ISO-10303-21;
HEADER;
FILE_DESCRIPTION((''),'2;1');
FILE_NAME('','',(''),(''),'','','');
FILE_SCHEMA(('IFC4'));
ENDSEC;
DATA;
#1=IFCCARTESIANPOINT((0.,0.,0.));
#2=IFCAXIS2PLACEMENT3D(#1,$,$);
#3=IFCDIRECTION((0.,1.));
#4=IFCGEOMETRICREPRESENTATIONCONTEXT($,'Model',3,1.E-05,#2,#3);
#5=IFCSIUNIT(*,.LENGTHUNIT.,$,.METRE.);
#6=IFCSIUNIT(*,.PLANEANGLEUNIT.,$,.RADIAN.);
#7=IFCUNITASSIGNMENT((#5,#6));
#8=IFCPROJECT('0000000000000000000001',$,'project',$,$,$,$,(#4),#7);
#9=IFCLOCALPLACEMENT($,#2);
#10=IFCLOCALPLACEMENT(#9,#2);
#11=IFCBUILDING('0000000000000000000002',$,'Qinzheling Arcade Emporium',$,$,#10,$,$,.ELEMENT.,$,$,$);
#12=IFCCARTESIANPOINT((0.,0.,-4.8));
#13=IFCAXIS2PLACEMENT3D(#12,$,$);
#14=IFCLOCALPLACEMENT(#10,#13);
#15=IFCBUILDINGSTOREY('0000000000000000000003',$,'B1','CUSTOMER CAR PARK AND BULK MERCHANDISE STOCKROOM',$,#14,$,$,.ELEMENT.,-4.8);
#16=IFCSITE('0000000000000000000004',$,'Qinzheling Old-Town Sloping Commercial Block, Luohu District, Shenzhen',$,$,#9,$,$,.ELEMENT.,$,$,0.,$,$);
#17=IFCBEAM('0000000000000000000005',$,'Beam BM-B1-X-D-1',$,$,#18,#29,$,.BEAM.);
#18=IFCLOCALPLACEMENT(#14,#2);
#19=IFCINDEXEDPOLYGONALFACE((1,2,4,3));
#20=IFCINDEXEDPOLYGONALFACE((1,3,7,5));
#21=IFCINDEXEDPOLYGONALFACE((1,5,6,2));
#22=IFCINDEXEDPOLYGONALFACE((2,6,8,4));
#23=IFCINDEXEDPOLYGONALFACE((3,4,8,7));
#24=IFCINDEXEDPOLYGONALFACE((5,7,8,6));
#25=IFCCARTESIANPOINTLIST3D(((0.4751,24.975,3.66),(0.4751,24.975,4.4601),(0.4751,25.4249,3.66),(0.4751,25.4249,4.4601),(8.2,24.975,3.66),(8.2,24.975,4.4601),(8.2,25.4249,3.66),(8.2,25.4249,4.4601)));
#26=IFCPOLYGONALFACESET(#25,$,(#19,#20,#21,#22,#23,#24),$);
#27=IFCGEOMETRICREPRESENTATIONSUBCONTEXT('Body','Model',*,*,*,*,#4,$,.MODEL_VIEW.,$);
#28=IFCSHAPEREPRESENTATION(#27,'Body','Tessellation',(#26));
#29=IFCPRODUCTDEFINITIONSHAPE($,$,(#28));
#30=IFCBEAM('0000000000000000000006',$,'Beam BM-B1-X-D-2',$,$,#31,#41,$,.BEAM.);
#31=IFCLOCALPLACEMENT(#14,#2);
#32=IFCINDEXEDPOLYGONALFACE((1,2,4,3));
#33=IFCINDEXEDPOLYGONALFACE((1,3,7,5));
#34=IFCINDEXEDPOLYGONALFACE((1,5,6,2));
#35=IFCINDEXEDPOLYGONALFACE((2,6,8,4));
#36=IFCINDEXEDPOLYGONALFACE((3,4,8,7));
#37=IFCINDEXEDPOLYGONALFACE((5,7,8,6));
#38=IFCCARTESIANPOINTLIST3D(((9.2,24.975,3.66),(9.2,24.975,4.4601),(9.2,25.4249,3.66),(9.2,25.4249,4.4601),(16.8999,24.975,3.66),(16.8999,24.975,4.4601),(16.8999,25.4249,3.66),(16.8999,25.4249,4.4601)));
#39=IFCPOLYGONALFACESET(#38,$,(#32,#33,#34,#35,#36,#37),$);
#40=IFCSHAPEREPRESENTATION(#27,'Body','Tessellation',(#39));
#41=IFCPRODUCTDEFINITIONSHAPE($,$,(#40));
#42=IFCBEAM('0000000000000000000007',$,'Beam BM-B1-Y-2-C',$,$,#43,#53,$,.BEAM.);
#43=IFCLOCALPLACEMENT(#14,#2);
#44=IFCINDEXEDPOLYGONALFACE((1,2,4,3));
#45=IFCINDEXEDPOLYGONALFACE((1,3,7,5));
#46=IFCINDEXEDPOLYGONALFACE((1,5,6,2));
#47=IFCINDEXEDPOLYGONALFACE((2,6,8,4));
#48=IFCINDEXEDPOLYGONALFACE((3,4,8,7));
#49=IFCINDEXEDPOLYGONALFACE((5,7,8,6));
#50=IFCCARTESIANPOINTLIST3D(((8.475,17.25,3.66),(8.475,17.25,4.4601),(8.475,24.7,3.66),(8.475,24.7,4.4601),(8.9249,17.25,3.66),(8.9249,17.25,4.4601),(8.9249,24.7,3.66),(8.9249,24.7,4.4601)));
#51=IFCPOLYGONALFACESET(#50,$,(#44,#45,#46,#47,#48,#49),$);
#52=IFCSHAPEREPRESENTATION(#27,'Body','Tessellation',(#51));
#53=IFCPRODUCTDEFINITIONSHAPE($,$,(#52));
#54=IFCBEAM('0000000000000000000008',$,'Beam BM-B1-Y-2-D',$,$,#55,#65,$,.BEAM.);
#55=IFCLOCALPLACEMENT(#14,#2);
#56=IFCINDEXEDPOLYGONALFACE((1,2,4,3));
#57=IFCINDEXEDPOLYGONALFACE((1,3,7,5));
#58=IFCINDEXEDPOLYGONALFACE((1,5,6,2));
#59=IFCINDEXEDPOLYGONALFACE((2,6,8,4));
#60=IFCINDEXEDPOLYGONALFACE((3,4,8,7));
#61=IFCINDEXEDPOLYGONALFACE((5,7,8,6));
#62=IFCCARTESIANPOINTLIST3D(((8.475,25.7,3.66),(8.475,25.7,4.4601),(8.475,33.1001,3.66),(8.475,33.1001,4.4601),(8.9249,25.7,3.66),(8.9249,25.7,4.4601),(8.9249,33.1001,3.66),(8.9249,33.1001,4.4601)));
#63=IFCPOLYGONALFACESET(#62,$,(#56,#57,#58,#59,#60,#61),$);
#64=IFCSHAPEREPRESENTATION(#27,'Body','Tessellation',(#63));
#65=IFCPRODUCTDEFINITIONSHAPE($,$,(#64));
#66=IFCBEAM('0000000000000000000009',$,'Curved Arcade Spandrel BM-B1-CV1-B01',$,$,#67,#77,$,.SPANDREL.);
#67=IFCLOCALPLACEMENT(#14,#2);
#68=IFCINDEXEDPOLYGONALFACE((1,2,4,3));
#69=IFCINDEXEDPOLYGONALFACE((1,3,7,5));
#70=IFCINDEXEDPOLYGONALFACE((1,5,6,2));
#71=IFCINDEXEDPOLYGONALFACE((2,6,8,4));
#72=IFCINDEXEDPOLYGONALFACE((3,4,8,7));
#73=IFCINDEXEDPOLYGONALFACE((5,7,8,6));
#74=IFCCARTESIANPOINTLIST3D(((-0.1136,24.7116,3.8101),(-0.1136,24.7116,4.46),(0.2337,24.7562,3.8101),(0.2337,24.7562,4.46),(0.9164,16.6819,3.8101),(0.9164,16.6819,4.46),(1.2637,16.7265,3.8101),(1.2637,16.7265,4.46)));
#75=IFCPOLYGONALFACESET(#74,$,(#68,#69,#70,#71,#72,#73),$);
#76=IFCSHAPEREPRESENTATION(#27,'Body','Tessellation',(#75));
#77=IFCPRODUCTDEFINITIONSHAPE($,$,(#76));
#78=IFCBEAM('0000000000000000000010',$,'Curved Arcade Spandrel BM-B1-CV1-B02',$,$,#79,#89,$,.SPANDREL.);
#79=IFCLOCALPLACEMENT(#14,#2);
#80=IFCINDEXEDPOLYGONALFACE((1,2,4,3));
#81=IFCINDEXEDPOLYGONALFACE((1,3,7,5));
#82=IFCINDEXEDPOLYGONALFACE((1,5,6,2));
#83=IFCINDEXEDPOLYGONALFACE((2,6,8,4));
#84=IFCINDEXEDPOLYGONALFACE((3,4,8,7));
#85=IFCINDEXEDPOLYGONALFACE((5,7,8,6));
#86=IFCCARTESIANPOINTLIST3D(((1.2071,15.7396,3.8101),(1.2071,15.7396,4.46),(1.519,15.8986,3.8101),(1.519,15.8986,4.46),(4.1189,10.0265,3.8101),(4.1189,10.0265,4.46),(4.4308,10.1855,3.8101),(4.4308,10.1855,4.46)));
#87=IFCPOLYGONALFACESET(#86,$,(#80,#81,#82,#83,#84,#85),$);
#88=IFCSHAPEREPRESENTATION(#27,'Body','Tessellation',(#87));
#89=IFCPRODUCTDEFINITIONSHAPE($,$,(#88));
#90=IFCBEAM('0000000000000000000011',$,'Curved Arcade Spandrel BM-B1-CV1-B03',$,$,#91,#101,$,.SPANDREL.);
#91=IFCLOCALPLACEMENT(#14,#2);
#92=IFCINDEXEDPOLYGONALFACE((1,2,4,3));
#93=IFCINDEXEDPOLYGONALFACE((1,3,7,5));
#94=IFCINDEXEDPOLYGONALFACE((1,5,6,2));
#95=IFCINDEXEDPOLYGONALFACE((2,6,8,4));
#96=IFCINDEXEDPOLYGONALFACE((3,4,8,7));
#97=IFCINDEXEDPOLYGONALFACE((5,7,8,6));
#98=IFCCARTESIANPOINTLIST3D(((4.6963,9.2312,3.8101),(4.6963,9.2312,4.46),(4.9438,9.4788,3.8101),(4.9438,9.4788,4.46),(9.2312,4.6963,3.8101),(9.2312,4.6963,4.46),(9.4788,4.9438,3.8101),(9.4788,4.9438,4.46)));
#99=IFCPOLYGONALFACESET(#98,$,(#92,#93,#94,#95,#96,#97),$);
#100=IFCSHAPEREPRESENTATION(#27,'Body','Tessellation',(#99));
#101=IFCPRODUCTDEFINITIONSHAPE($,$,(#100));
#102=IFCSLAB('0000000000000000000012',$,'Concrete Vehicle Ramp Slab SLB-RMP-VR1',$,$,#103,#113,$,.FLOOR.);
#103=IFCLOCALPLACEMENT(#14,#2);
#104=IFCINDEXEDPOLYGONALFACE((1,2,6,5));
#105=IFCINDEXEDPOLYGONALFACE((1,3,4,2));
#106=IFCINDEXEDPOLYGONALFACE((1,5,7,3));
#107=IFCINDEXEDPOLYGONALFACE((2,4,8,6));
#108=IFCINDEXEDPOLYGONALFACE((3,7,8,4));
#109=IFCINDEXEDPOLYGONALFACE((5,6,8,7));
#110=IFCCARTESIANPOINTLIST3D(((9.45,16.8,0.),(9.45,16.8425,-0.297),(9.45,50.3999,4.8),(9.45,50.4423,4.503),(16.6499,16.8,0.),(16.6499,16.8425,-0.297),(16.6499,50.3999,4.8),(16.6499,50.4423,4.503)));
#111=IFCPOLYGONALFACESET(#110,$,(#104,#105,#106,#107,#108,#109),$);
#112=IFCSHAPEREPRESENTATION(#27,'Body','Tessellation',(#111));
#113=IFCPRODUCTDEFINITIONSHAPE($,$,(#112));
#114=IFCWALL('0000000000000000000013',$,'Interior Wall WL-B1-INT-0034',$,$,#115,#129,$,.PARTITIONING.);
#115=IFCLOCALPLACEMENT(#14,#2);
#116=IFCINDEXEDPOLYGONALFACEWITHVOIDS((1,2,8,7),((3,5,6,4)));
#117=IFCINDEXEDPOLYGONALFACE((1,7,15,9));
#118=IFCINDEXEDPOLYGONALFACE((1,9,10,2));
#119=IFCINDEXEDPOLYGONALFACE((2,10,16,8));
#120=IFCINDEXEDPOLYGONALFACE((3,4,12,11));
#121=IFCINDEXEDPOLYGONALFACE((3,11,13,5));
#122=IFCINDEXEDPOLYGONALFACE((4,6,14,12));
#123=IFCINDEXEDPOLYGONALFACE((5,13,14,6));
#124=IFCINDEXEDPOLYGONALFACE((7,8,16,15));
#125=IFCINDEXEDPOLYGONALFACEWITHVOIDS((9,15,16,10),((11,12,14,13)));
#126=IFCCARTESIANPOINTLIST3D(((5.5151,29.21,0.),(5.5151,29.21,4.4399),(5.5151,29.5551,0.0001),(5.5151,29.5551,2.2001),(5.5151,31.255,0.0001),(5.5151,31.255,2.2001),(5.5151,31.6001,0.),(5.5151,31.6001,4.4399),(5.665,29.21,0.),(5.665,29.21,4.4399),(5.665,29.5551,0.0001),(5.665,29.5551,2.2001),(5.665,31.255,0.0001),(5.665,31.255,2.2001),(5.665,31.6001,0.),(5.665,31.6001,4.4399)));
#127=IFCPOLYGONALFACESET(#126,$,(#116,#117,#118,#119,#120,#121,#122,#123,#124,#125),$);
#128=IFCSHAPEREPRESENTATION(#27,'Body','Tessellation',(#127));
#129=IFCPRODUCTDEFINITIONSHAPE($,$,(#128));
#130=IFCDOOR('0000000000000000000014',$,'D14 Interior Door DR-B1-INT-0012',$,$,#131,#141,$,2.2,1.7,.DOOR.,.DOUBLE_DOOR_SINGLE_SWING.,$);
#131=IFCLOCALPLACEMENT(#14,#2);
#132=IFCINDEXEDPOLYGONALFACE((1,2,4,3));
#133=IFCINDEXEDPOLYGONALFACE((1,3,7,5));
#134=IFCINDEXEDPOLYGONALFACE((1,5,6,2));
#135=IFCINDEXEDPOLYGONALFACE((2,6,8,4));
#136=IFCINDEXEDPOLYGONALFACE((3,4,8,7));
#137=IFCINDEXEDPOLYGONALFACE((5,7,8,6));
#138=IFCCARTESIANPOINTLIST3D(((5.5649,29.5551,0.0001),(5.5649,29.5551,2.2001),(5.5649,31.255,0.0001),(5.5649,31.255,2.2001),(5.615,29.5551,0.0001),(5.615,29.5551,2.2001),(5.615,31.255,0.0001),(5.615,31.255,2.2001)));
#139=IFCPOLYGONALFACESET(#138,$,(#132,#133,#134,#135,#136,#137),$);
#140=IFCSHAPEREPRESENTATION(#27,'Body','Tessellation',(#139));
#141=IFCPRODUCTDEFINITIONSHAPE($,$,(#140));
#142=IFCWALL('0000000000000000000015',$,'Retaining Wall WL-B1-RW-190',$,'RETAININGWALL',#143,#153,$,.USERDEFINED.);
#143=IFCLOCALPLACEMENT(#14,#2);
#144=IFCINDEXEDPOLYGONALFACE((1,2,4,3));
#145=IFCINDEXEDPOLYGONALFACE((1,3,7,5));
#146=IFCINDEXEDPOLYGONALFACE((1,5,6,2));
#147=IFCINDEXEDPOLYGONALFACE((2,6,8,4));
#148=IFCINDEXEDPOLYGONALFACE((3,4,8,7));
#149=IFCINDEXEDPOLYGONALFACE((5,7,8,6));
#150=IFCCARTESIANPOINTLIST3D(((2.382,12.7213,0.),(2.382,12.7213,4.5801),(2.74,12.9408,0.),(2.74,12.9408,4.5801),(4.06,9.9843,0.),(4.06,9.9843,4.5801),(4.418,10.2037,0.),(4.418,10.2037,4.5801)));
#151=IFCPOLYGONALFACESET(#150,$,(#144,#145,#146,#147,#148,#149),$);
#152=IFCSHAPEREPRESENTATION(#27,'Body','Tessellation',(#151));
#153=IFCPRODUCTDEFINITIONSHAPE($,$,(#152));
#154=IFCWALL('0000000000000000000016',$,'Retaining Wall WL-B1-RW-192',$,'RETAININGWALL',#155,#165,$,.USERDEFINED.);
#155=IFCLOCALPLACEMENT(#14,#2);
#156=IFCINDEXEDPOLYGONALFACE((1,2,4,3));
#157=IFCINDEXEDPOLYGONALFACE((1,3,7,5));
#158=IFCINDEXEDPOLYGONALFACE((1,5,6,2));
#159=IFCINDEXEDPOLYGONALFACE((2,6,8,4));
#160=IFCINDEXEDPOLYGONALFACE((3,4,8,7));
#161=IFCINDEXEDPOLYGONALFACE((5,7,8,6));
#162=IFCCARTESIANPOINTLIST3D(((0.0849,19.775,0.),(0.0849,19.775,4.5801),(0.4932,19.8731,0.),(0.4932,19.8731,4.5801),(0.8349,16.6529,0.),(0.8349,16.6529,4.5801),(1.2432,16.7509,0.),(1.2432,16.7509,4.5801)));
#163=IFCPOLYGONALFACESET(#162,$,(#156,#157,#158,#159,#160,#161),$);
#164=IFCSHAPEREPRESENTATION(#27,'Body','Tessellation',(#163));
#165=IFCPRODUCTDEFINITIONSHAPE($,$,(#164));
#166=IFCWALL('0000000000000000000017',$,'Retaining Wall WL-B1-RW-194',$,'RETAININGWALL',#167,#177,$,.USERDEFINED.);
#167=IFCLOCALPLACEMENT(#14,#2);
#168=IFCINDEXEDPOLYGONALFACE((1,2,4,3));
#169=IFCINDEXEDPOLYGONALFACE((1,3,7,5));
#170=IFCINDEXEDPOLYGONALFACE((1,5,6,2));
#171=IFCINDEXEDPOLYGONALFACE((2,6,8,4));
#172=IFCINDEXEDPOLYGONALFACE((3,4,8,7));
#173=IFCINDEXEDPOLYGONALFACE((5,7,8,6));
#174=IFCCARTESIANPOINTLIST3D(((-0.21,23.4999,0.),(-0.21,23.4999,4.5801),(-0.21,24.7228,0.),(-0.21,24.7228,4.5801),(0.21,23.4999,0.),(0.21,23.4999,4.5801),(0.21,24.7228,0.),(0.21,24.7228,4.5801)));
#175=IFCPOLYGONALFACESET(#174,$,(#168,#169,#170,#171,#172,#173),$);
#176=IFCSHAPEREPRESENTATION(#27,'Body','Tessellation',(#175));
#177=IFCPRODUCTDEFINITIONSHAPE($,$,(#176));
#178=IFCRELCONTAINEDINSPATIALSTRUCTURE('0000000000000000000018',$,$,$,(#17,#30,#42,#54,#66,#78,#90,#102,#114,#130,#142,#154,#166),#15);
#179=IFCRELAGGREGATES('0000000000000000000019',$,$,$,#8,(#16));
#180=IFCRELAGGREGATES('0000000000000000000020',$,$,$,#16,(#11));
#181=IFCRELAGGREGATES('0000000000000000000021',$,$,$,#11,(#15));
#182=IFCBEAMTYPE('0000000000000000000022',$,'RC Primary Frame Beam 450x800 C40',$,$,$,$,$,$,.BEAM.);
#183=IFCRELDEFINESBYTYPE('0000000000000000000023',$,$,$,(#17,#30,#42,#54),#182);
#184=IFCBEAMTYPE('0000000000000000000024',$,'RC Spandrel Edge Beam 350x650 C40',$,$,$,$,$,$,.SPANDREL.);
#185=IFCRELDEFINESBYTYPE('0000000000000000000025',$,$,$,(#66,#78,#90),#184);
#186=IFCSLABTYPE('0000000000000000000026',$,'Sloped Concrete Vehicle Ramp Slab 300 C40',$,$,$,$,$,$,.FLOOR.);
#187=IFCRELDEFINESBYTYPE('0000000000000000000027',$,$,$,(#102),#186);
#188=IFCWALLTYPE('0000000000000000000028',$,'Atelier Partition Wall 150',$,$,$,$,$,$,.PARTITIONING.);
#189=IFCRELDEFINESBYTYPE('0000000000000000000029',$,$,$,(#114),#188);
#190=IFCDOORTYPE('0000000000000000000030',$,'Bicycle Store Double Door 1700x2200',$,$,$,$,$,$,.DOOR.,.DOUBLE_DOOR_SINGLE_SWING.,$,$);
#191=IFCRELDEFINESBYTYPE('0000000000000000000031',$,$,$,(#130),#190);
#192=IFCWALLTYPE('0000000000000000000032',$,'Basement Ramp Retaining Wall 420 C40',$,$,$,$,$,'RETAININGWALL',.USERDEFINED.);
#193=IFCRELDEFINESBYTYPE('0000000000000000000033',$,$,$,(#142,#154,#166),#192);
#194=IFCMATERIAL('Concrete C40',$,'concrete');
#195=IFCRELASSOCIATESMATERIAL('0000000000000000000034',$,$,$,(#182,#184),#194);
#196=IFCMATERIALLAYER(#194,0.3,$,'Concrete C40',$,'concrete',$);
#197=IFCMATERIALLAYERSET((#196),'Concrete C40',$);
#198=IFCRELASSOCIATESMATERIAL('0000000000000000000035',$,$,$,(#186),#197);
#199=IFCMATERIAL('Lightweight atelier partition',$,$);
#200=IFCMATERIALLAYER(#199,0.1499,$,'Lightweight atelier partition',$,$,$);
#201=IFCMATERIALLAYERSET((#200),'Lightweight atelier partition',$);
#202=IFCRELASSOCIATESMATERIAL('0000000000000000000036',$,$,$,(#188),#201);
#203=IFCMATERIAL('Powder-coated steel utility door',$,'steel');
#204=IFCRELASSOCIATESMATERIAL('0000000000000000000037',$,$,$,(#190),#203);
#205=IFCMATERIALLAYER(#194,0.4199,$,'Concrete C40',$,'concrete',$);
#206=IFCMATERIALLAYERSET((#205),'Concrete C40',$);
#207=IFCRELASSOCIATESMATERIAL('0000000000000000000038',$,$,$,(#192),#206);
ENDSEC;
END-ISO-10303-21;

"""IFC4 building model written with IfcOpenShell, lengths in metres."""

from ifc_helpers import new_model, si_unit, direction, frame, frame_2d, origin, origin_2d, place, context, subcontext, project, spatial, polyline, rectangle, outline, extrude, material, layer, layer_set, material_profile, profile_set, type_object, element, fill, save


model = new_model("IFC4")

# Units and contexts
model_context = context("Model", 3, precision=1e-05, world=origin(), true_north=direction((0.0, 1.0)))
body_context = subcontext(model_context, "Body", "Model", "MODEL_VIEW")
ifc_project = project(units=[si_unit("LENGTHUNIT", "METRE"), si_unit("PLANEANGLEUNIT", "RADIAN")], contexts=[model_context])

# Site, building, storey
site_placement = place(None, origin())
site = spatial("IfcSite", under=ifc_project, at=site_placement, Name="Qinzheling Old-Town Sloping Commercial Block, Luohu District, Shenzhen", CompositionType="ELEMENT", RefElevation=0.0)
building_placement = place(site_placement, origin())
building = spatial("IfcBuilding", under=site, at=building_placement, Name="Qinzheling Arcade Emporium", CompositionType="ELEMENT")
storey_placement = place(building_placement, frame((0.0, 0.0, -4.8)))
storey = spatial("IfcBuildingStorey", under=building, at=storey_placement, Name="B1", Description="CUSTOMER CAR PARK AND BULK MERCHANDISE STOCKROOM", CompositionType="ELEMENT", Elevation=-4.8)

# Beams
ifc_material_1 = material(Name="Concrete C40", Category="concrete")
ifc_material_profile_1 = material_profile(ifc_material_1, rectangle(XDim=0.45, YDim=0.8, at=origin_2d()), Name="RC 450x800", Category="concrete")
ifc_profile_set_1 = profile_set([ifc_material_profile_1], Name="Concrete C40")
beam_type_1 = type_object("IfcBeamType", Name="RC Primary Frame Beam 450x800 C40", PredefinedType="BEAM", material=ifc_profile_set_1)
beam_1_placement = place(storey_placement, frame((0.4751, 25.2, 4.0601), z_axis=(1.0, 0.0, 0.0), x_axis=(0.0, 1.0, 0.0)))
element("IfcBeam", 1, at=beam_1_placement, inside=storey, type_object=beam_type_1, Name="Beam BM-B1-X-D-1", PredefinedType="BEAM", context=body_context, shape_type="SweptSolid", body=[
    extrude(rectangle(XDim=0.45, YDim=0.8, at=origin_2d()), origin(), (0.0, 0.0, 1.0), 7.7249),
])
beam_2_placement = place(storey_placement, frame((9.2, 25.2, 4.0601), z_axis=(1.0, 0.0, 0.0), x_axis=(0.0, 1.0, 0.0)))
element("IfcBeam", 2, at=beam_2_placement, inside=storey, type_object=beam_type_1, Name="Beam BM-B1-X-D-2", PredefinedType="BEAM", context=body_context, shape_type="SweptSolid", body=[
    extrude(rectangle(XDim=0.45, YDim=0.8, at=origin_2d()), origin(), (0.0, 0.0, 1.0), 7.7),
])
beam_3_placement = place(storey_placement, frame((8.7, 17.25, 4.0601), z_axis=(0.0, 1.0, 0.0), x_axis=(-1.0, 0.0, 0.0)))
element("IfcBeam", 3, at=beam_3_placement, inside=storey, type_object=beam_type_1, Name="Beam BM-B1-Y-2-C", PredefinedType="BEAM", context=body_context, shape_type="SweptSolid", body=[
    extrude(rectangle(XDim=0.45, YDim=0.8, at=origin_2d()), origin(), (0.0, 0.0, 1.0), 7.45),
])
beam_4_placement = place(storey_placement, frame((8.7, 25.7, 4.0601), z_axis=(0.0, 1.0, 0.0), x_axis=(-1.0, 0.0, 0.0)))
element("IfcBeam", 4, at=beam_4_placement, inside=storey, type_object=beam_type_1, Name="Beam BM-B1-Y-2-D", PredefinedType="BEAM", context=body_context, shape_type="SweptSolid", body=[
    extrude(rectangle(XDim=0.45, YDim=0.8, at=origin_2d()), origin(), (0.0, 0.0, 1.0), 7.4001),
])
ifc_material_profile_2 = material_profile(ifc_material_1, rectangle(XDim=0.3501, YDim=0.6499, at=origin_2d()), Name="RC 350x650", Category="concrete")
ifc_profile_set_2 = profile_set([ifc_material_profile_2], Name="Concrete C40")
beam_type_2 = type_object("IfcBeamType", Name="RC Spandrel Edge Beam 350x650 C40", PredefinedType="SPANDREL", material=ifc_profile_set_2)
beam_5_placement = place(storey_placement, frame((0.0601, 24.7339, 4.135), z_axis=(0.127234, -0.991873, 0.0), x_axis=(0.991873, 0.127234, 0.0)))
element("IfcBeam", 5, at=beam_5_placement, inside=storey, type_object=beam_type_2, Name="Curved Arcade Spandrel BM-B1-CV1-B01", PredefinedType="SPANDREL", context=body_context, shape_type="SweptSolid", body=[
    extrude(rectangle(XDim=0.3501, YDim=0.6499, at=origin_2d()), origin(), (0.0, 0.0, 1.0), 8.0955),
])
beam_6_placement = place(storey_placement, frame((1.363, 15.8191, 4.135), z_axis=(0.454099, -0.890951, 0.0), x_axis=(0.890951, 0.454099, 0.0)))
element("IfcBeam", 6, at=beam_6_placement, inside=storey, type_object=beam_type_2, Name="Curved Arcade Spandrel BM-B1-CV1-B02", PredefinedType="SPANDREL", context=body_context, shape_type="SweptSolid", body=[
    extrude(rectangle(XDim=0.3501, YDim=0.6499, at=origin_2d()), origin(), (0.0, 0.0, 1.0), 6.4124),
])
beam_7_placement = place(storey_placement, frame((4.8201, 9.355, 4.135), z_axis=(0.707107, -0.707107, 0.0), x_axis=(0.707107, 0.707107, 0.0)))
element("IfcBeam", 7, at=beam_7_placement, inside=storey, type_object=beam_type_2, Name="Curved Arcade Spandrel BM-B1-CV1-B03", PredefinedType="SPANDREL", context=body_context, shape_type="SweptSolid", body=[
    extrude(rectangle(XDim=0.3501, YDim=0.6499, at=origin_2d()), origin(), (0.0, 0.0, 1.0), 6.4133),
])

# Slab
ifc_layer_1 = layer(ifc_material_1, 0.3, Name="Concrete C40", Category="concrete")
ifc_layer_set_1 = layer_set([ifc_layer_1], Name="Concrete C40")
slab_type = type_object("IfcSlabType", Name="Sloped Concrete Vehicle Ramp Slab 300 C40", PredefinedType="FLOOR", material=ifc_layer_set_1)
slab_placement = place(storey_placement, frame((9.45, 16.8, 0.0), z_axis=(0.0, -0.141423, 0.989949), x_axis=(1.0, 0.0, 0.0)))
element("IfcSlab", 8, at=slab_placement, inside=storey, type_object=slab_type, Name="Concrete Vehicle Ramp Slab SLB-RMP-VR1", PredefinedType="FLOOR", context=body_context, shape_type="SweptSolid", body=[
    extrude(outline(polyline([(0.0, 0.0), (7.2, 0.0), (7.2, 33.941), (0.0, 33.941), (0.0, 0.0)])), origin(), (0.0, 0.0, -1.0), 0.3),
])

# Wall, opening, door
ifc_material_2 = material(Name="Lightweight atelier partition")
ifc_layer_2 = layer(ifc_material_2, 0.1499, Name="Lightweight atelier partition")
ifc_layer_set_2 = layer_set([ifc_layer_2], Name="Lightweight atelier partition")
wall_type_1 = type_object("IfcWallType", Name="Atelier Partition Wall 150", PredefinedType="PARTITIONING", material=ifc_layer_set_2)
wall_1_placement = place(storey_placement, frame((5.5901, 31.6001, 0.0), z_axis=(0.0, 0.0, 1.0), x_axis=(0.0, -1.0, 0.0)))
wall_1 = element("IfcWall", 9, at=wall_1_placement, inside=storey, type_object=wall_type_1, Name="Interior Wall WL-B1-INT-0034", PredefinedType="PARTITIONING", context=body_context, shape_type="SweptSolid", body=[
    extrude(rectangle(XDim=2.3901, YDim=0.1499, at=frame_2d((1.1951, 0.0))), origin(), (0.0, 0.0, 1.0), 4.4399),
])
opening_placement = place(wall_1_placement, frame((0.345, 0.0, 0.0)))
opening = element("IfcOpeningElement", 10, at=opening_placement, cuts=wall_1, PredefinedType="OPENING", context=body_context, shape_type="SweptSolid", body=[
    extrude(rectangle(XDim=1.7, YDim=2.2, at=frame_2d((0.8501, 1.1001))), frame((0.0, 0.085, 0.0), z_axis=(0.0, -1.0, 0.0), x_axis=(1.0, 0.0, 0.0)), (0.0, 0.0, 1.0), 0.1699),
])
ifc_material_3 = material(Name="Powder-coated steel utility door", Category="steel")
door_type = type_object("IfcDoorType", Name="Bicycle Store Double Door 1700x2200", OperationType="DOUBLE_DOOR_SINGLE_SWING", PredefinedType="DOOR", material=ifc_material_3)
door_placement = place(opening_placement, origin())
door = element("IfcDoor", 11, at=door_placement, inside=storey, type_object=door_type, Name="D14 Interior Door DR-B1-INT-0012", OperationType="DOUBLE_DOOR_SINGLE_SWING", OverallHeight=2.2, OverallWidth=1.7, PredefinedType="DOOR", context=body_context, shape_type="SweptSolid", body=[
    extrude(rectangle(XDim=1.7, YDim=2.2, at=frame_2d((0.8501, 1.1001))), frame((0.0, 0.0249, 0.0), z_axis=(0.0, -1.0, 0.0), x_axis=(1.0, 0.0, 0.0)), (0.0, 0.0, 1.0), 0.05),
])
fill(opening, door)

# Walls
ifc_layer_3 = layer(ifc_material_1, 0.4199, Name="Concrete C40", Category="concrete")
ifc_layer_set_3 = layer_set([ifc_layer_3], Name="Concrete C40")
wall_type_2 = type_object("IfcWallType", Name="Basement Ramp Retaining Wall 420 C40", ElementType="RETAININGWALL", PredefinedType="USERDEFINED", material=ifc_layer_set_3)
wall_2_placement = place(storey_placement, frame((4.239, 10.094, 0.0), z_axis=(0.0, 0.0, 1.0), x_axis=(-0.522658, 0.852542, 0.0)))
element("IfcWall", 12, at=wall_2_placement, inside=storey, type_object=wall_type_2, Name="Retaining Wall WL-B1-RW-190", ObjectType="RETAININGWALL", PredefinedType="USERDEFINED", context=body_context, shape_type="SweptSolid", body=[
    extrude(rectangle(XDim=3.2104, YDim=0.4199, at=frame_2d((1.6052, 0.0))), origin(), (0.0, 0.0, 1.0), 4.5801),
])
wall_3_placement = place(storey_placement, frame((1.0391, 16.7019, 0.0), z_axis=(0.0, 0.0, 1.0), x_axis=(-0.23358, 0.972338, 0.0)))
element("IfcWall", 13, at=wall_3_placement, inside=storey, type_object=wall_type_2, Name="Retaining Wall WL-B1-RW-192", ObjectType="RETAININGWALL", PredefinedType="USERDEFINED", context=body_context, shape_type="SweptSolid", body=[
    extrude(rectangle(XDim=3.2109, YDim=0.4199, at=frame_2d((1.6055, 0.0))), origin(), (0.0, 0.0, 1.0), 4.5801),
])
wall_4_placement = place(storey_placement, frame((0.0, 23.5, 0.0), z_axis=(0.0, 0.0, 1.0), x_axis=(0.0, 1.0, 0.0)))
element("IfcWall", 14, at=wall_4_placement, inside=storey, type_object=wall_type_2, Name="Retaining Wall WL-B1-RW-194", ObjectType="RETAININGWALL", PredefinedType="USERDEFINED", context=body_context, shape_type="SweptSolid", body=[
    extrude(rectangle(XDim=1.2229, YDim=0.4199, at=frame_2d((0.6113, 0.0))), origin(), (0.0, 0.0, 1.0), 4.5801),
])

save(model, "model.ifc")
